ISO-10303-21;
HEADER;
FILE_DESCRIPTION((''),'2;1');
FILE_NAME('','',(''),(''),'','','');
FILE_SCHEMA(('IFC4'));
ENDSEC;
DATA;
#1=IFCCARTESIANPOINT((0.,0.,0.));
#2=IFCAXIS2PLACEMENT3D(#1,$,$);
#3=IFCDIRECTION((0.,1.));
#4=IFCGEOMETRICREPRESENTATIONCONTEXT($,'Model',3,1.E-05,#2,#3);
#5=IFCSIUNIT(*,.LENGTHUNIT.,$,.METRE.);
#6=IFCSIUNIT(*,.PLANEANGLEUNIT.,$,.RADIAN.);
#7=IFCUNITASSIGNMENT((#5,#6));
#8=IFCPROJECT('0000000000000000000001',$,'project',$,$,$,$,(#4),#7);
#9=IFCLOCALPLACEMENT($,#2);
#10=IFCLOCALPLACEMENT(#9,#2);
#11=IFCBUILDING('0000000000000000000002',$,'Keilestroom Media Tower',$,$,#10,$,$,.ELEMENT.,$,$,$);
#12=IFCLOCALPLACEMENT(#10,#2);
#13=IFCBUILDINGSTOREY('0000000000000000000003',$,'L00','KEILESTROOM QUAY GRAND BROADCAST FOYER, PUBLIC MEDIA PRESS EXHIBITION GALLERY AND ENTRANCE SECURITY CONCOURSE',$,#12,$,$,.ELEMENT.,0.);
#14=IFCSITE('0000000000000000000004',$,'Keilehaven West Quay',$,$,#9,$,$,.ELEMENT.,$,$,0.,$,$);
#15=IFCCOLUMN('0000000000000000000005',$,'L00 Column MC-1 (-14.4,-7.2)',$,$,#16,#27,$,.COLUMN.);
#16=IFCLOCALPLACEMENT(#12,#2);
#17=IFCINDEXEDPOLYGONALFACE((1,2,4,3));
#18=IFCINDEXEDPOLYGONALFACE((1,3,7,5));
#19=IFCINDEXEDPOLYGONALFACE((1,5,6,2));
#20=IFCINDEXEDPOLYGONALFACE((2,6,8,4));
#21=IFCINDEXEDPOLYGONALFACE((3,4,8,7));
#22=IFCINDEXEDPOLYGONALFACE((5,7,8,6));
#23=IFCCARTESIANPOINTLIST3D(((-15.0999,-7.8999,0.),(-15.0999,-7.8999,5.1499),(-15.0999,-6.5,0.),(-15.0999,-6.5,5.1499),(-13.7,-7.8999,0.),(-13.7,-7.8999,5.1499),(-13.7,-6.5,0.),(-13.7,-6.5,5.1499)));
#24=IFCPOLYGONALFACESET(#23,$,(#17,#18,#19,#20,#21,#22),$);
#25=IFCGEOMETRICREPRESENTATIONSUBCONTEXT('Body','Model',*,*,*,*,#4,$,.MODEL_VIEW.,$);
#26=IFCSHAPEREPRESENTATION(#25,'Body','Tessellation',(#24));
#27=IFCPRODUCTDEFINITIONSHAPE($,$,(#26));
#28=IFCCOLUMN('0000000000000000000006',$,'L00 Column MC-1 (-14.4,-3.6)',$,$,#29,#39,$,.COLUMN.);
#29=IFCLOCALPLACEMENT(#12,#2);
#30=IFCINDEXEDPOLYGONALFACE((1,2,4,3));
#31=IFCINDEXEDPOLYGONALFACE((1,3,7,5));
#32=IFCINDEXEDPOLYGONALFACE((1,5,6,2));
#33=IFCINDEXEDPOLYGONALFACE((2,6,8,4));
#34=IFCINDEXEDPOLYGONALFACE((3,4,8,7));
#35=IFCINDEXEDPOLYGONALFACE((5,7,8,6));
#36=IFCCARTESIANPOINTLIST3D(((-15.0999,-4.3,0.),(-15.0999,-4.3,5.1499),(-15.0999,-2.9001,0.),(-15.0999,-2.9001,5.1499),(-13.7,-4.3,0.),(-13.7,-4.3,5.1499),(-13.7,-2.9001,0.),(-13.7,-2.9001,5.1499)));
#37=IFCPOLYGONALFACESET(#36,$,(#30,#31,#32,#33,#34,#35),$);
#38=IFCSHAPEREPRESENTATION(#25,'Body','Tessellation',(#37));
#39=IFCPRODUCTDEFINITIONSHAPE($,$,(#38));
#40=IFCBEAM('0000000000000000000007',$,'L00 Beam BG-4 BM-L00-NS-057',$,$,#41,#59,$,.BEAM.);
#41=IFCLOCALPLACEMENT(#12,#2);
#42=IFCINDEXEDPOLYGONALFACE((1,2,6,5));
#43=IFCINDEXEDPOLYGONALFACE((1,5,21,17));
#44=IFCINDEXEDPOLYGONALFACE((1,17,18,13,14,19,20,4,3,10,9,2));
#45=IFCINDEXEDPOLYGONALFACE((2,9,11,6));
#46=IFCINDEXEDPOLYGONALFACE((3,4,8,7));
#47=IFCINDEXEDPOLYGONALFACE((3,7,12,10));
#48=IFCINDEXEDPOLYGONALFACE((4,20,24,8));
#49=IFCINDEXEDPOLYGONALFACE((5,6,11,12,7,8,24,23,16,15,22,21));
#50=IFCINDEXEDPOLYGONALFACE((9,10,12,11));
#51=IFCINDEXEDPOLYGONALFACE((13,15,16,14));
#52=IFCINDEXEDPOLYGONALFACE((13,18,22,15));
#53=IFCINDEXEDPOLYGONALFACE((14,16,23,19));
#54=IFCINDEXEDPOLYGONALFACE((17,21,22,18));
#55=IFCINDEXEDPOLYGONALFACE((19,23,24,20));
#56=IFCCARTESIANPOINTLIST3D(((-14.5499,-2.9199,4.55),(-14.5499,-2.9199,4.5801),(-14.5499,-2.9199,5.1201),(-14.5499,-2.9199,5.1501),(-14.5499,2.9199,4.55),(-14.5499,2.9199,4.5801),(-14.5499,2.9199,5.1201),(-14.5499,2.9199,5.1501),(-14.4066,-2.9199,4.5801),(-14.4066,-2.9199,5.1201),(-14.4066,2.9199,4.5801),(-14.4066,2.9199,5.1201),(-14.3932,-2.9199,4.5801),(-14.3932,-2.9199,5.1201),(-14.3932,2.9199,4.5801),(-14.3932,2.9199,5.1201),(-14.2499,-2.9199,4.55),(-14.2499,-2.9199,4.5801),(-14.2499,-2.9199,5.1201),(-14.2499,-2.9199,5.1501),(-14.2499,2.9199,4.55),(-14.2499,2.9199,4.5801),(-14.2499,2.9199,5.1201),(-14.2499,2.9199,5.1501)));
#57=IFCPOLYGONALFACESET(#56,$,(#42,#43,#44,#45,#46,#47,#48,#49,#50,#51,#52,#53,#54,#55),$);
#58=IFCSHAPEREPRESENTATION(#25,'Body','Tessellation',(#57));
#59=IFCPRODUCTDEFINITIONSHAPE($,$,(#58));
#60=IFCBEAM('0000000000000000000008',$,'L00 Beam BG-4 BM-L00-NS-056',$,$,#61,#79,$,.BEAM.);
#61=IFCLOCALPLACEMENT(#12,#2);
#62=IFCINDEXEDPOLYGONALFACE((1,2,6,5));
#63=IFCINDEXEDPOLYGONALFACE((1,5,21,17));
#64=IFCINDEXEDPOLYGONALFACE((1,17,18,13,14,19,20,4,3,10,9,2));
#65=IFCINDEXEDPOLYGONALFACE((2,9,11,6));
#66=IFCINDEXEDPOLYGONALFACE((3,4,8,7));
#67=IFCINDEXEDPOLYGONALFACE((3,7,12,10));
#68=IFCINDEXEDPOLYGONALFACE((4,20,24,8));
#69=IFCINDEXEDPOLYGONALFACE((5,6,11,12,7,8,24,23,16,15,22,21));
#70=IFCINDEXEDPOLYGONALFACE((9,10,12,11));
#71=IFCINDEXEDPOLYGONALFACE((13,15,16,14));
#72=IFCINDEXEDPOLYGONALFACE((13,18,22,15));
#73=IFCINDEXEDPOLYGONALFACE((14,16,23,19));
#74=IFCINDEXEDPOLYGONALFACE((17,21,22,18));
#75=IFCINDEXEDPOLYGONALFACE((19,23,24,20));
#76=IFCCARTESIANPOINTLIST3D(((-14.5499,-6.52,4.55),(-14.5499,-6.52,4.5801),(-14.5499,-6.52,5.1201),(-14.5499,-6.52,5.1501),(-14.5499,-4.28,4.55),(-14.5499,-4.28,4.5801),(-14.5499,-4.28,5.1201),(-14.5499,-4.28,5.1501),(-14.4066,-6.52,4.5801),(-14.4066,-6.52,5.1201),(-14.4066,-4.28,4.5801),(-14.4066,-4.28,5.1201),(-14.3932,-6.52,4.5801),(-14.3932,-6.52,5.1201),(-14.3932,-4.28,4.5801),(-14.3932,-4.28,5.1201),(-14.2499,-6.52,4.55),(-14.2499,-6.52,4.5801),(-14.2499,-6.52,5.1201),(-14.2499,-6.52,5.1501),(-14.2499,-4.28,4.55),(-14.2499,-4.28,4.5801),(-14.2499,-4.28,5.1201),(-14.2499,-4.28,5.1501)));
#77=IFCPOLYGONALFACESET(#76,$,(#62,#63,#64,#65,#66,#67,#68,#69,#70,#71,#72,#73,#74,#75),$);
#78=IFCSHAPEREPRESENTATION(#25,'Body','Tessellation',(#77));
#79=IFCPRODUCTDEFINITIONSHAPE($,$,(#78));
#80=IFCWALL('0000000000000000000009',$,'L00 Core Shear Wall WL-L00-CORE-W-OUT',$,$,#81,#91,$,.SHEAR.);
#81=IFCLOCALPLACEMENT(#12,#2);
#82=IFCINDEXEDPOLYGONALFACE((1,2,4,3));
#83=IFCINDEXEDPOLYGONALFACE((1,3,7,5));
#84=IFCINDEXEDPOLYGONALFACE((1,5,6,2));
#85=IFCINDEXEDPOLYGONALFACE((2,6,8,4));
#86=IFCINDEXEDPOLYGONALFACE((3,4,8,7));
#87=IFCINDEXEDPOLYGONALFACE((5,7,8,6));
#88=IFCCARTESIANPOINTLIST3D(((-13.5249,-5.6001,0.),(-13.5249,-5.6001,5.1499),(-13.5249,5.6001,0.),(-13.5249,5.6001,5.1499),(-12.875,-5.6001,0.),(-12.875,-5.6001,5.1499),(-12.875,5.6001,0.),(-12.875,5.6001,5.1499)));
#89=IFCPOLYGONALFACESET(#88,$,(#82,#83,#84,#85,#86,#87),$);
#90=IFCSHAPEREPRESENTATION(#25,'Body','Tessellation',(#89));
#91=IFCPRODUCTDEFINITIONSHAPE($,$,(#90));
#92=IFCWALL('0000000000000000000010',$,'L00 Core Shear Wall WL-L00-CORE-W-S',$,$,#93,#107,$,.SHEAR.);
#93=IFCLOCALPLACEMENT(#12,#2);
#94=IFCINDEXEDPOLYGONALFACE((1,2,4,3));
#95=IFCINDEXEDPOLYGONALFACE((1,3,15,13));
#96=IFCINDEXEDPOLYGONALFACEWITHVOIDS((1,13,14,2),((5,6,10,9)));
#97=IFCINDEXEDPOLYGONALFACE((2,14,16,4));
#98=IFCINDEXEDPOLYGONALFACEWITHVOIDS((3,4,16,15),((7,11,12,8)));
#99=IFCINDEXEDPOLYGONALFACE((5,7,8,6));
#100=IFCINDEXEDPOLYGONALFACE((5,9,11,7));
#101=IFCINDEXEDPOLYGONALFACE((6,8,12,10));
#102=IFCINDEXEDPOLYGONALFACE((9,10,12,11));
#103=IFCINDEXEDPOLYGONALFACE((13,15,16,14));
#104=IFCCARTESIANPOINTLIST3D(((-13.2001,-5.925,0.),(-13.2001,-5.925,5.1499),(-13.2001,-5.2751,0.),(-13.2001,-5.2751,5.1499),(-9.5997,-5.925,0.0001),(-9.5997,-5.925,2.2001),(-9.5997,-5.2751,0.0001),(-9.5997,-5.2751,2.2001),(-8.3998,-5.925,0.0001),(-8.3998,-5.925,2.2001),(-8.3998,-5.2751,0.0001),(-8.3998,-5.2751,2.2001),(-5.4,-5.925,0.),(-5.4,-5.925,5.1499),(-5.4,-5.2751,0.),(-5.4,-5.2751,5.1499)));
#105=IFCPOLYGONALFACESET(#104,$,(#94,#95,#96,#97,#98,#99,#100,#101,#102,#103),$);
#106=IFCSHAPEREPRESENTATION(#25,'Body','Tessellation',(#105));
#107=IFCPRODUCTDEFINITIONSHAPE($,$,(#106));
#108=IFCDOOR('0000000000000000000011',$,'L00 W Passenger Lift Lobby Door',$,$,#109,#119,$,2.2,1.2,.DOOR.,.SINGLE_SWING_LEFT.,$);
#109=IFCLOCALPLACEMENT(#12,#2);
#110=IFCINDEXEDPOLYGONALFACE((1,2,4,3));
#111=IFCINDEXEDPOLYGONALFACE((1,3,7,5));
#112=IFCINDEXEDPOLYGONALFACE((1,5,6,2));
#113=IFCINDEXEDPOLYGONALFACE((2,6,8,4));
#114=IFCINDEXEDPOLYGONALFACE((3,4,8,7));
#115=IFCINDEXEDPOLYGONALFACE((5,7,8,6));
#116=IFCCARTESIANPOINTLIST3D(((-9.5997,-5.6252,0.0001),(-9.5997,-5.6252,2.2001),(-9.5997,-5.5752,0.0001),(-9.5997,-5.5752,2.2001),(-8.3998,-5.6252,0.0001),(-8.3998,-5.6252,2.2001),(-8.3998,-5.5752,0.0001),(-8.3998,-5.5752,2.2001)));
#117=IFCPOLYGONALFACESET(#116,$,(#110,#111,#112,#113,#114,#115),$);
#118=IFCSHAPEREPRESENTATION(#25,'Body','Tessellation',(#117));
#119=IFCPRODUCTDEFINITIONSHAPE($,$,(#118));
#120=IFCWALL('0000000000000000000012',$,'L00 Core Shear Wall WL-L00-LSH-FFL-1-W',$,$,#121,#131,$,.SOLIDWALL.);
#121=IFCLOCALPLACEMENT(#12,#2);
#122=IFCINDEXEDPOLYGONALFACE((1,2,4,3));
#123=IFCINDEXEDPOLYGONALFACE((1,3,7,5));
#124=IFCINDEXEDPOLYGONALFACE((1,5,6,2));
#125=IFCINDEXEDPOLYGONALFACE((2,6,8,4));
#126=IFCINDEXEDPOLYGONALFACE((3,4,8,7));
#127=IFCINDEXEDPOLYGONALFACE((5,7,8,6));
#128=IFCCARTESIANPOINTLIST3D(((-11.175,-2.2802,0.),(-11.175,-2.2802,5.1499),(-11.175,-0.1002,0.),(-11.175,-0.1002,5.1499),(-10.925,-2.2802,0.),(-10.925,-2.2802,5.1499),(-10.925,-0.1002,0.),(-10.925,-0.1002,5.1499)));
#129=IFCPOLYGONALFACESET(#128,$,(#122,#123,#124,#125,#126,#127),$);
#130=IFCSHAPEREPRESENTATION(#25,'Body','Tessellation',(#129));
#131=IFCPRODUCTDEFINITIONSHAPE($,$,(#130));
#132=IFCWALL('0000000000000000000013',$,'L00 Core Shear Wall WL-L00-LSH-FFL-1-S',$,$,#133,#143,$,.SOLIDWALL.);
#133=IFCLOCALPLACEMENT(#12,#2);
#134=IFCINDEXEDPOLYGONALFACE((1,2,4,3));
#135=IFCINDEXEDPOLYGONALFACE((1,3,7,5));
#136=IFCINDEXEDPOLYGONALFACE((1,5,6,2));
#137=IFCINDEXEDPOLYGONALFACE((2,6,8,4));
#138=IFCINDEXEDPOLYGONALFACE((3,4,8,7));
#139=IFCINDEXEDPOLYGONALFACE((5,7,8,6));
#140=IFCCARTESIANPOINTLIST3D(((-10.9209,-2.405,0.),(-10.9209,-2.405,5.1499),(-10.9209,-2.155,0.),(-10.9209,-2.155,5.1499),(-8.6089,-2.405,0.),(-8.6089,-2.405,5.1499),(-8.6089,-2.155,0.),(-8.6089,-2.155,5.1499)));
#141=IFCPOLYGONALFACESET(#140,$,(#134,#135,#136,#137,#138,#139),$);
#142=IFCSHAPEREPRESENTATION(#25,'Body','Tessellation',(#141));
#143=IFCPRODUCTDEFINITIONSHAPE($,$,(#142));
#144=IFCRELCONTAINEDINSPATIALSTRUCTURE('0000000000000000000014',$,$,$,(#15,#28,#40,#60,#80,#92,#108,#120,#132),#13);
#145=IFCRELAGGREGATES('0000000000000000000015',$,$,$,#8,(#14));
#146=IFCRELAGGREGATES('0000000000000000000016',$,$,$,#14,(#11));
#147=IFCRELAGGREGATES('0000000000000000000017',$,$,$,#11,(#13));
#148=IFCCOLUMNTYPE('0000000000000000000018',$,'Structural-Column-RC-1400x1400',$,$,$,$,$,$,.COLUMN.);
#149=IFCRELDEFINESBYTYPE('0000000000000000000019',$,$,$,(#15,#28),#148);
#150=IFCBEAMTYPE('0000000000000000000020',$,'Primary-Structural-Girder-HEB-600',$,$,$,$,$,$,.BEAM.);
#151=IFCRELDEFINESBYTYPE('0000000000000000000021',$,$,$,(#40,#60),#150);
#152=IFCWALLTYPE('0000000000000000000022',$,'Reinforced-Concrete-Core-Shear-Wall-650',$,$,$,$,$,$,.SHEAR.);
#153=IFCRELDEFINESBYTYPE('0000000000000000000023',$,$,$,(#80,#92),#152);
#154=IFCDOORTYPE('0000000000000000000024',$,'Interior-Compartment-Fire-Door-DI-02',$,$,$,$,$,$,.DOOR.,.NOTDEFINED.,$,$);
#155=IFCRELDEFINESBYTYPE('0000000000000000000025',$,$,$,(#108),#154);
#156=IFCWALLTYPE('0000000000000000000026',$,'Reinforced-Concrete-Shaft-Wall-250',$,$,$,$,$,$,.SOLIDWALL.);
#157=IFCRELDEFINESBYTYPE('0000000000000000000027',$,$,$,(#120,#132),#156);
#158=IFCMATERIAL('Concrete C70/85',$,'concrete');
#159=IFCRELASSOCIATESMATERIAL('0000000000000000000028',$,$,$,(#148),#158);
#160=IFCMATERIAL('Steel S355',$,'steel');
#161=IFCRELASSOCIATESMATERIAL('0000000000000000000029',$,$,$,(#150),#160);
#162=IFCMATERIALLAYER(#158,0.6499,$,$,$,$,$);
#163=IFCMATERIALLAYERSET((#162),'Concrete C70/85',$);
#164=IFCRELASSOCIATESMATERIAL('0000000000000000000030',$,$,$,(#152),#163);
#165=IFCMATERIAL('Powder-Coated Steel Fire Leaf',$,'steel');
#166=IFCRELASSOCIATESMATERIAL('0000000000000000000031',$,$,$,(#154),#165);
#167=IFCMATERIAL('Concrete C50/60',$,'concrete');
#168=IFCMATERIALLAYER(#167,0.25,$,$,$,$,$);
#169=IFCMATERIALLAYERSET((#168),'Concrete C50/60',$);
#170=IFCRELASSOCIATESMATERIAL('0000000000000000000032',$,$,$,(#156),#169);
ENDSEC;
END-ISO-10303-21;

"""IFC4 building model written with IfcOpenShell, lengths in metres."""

from ifc_helpers import new_model, si_unit, direction, frame, frame_2d, origin, origin_2d, place, context, subcontext, project, spatial, rectangle, i_section, extrude, source, transform, mapped, material, layer, layer_set, material_profile, profile_set, type_object, element, fill, save


model = new_model("IFC4")

# Units and contexts
model_context = context("Model", 3, precision=1e-05, world=origin(), true_north=direction((0.0, 1.0)))
body_context = subcontext(model_context, "Body", "Model", "MODEL_VIEW")
ifc_project = project(units=[si_unit("LENGTHUNIT", "METRE"), si_unit("PLANEANGLEUNIT", "RADIAN")], contexts=[model_context])

# Site, building, storey
site_placement = place(None, origin())
site = spatial("IfcSite", under=ifc_project, at=site_placement, Name="Keilehaven West Quay", CompositionType="ELEMENT", RefElevation=0.0)
building_placement = place(site_placement, origin())
building = spatial("IfcBuilding", under=site, at=building_placement, Name="Keilestroom Media Tower", CompositionType="ELEMENT")
storey_placement = place(building_placement, origin())
storey = spatial("IfcBuildingStorey", under=building, at=storey_placement, Name="L00", Description="KEILESTROOM QUAY GRAND BROADCAST FOYER, PUBLIC MEDIA PRESS EXHIBITION GALLERY AND ENTRANCE SECURITY CONCOURSE", CompositionType="ELEMENT", Elevation=0.0)

# Columns
ifc_material_1 = material(Name="Concrete C70/85", Category="concrete")
ifc_material_profile_1 = material_profile(ifc_material_1, rectangle(XDim=1.3999, YDim=1.3999, at=origin_2d()), Name="RC 1400x1400")
ifc_profile_set_1 = profile_set([ifc_material_profile_1], Name="Concrete C70/85")
column_type = type_object("IfcColumnType", Name="Structural-Column-RC-1400x1400", PredefinedType="COLUMN", material=ifc_profile_set_1)
shared_shape_1 = source(origin(), body_context, "Body", "SweptSolid", [
    extrude(rectangle(XDim=1.3999, YDim=1.3999, at=origin_2d()), origin(), (0.0, 0.0, 1.0), 5.1499),
])
for number, where, z_axis, x_axis, name in (
    (1, (-14.3999, -7.2, 0.0), (0.0, 0.0, 1.0), (1.0, 0.0, 0.0), "L00 Column MC-1 (-14.4,-7.2)"),
    (2, (-14.3999, -3.6001, 0.0), (0.0, 0.0, 1.0), (1.0, 0.0, 0.0), "L00 Column MC-1 (-14.4,-3.6)"),
):
    element("IfcColumn", number, at=place(storey_placement, frame(where, z_axis=z_axis, x_axis=x_axis)), inside=storey, type_object=column_type, Name=name, PredefinedType="COLUMN", context=body_context, shape_type="MappedRepresentation", body=[
        mapped(shared_shape_1, transform((0.0, 0.0, 0.0), x_axis=(1.0, 0.0, 0.0), y_axis=(0.0, 1.0, 0.0), z_axis=(0.0, 0.0, 1.0), scale=1.0)),
    ])

# Beams
ifc_material_2 = material(Name="Steel S355", Category="steel")
ifc_material_profile_2 = material_profile(ifc_material_2, i_section(OverallWidth=0.3, OverallDepth=0.6001, WebThickness=0.0134, FlangeThickness=0.03, at=origin_2d()), Name="HEB 600")
ifc_profile_set_2 = profile_set([ifc_material_profile_2], Name="Steel S355")
beam_type = type_object("IfcBeamType", Name="Primary-Structural-Girder-HEB-600", PredefinedType="BEAM", material=ifc_profile_set_2)
shared_shape_2 = source(origin(), body_context, "Body", "SweptSolid", [
    extrude(i_section(OverallWidth=0.3, OverallDepth=0.6001, WebThickness=0.0134, FlangeThickness=0.03, at=origin_2d()), origin(), (0.0, 0.0, 1.0), 5.8398),
])
beam_1_placement = place(storey_placement, frame((-14.3999, -2.9199, 4.8501), z_axis=(0.0, 1.0, 0.0), x_axis=(-1.0, 0.0, 0.0)))
element("IfcBeam", 3, at=beam_1_placement, inside=storey, type_object=beam_type, Name="L00 Beam BG-4 BM-L00-NS-057", PredefinedType="BEAM", context=body_context, shape_type="MappedRepresentation", body=[
    mapped(shared_shape_2, transform((0.0, 0.0, 0.0), x_axis=(1.0, 0.0, 0.0), y_axis=(0.0, 1.0, 0.0), z_axis=(0.0, 0.0, 1.0), scale=1.0)),
])
shared_shape_3 = source(origin(), body_context, "Body", "SweptSolid", [
    extrude(i_section(OverallWidth=0.3, OverallDepth=0.6001, WebThickness=0.0134, FlangeThickness=0.03, at=origin_2d()), origin(), (0.0, 0.0, 1.0), 2.24),
])
beam_2_placement = place(storey_placement, frame((-14.3999, -6.52, 4.8501), z_axis=(0.0, 1.0, 0.0), x_axis=(-1.0, 0.0, 0.0)))
element("IfcBeam", 4, at=beam_2_placement, inside=storey, type_object=beam_type, Name="L00 Beam BG-4 BM-L00-NS-056", PredefinedType="BEAM", context=body_context, shape_type="MappedRepresentation", body=[
    mapped(shared_shape_3, transform((0.0, 0.0, 0.0), x_axis=(1.0, 0.0, 0.0), y_axis=(0.0, 1.0, 0.0), z_axis=(0.0, 0.0, 1.0), scale=1.0)),
])

# Wall
ifc_layer_1 = layer(ifc_material_1, 0.6499)
ifc_layer_set_1 = layer_set([ifc_layer_1], Name="Concrete C70/85")
wall_type_1 = type_object("IfcWallType", Name="Reinforced-Concrete-Core-Shear-Wall-650", PredefinedType="SHEAR", material=ifc_layer_set_1)
wall_1_placement = place(storey_placement, frame((-13.2, -5.6001, 0.0), z_axis=(0.0, 0.0, 1.0), x_axis=(0.0, 1.0, 0.0)))
element("IfcWall", 5, at=wall_1_placement, inside=storey, type_object=wall_type_1, Name="L00 Core Shear Wall WL-L00-CORE-W-OUT", PredefinedType="SHEAR", context=body_context, shape_type="SweptSolid", body=[
    extrude(rectangle(XDim=11.2002, YDim=0.6499, at=frame_2d((5.6001, 0.0))), origin(), (0.0, 0.0, 1.0), 5.1499),
])

# Wall, opening, door
wall_2_placement = place(storey_placement, frame((-13.2, -5.6001, 0.0), z_axis=(0.0, 0.0, 1.0), x_axis=(1.0, 0.0, 0.0)))
wall_2 = element("IfcWall", 6, at=wall_2_placement, inside=storey, type_object=wall_type_1, Name="L00 Core Shear Wall WL-L00-CORE-W-S", PredefinedType="SHEAR", context=body_context, shape_type="SweptSolid", body=[
    extrude(rectangle(XDim=7.8, YDim=0.6499, at=frame_2d((3.8999, 0.0))), origin(), (0.0, 0.0, 1.0), 5.1499),
])
opening_1_placement = place(wall_2_placement, frame((3.6001, 0.0, 0.0)))
opening_1 = element("IfcOpeningElement", 7, at=opening_1_placement, cuts=wall_2, PredefinedType="OPENING", context=body_context, shape_type="SweptSolid", body=[
    extrude(rectangle(XDim=1.2, YDim=2.2, at=frame_2d((0.6001, 1.1001))), frame((0.0, 0.335, 0.0), z_axis=(0.0, -1.0, 0.0), x_axis=(1.0, 0.0, 0.0)), (0.0, 0.0, 1.0), 0.6699),
])
ifc_material_3 = material(Name="Powder-Coated Steel Fire Leaf", Category="steel")
door_type_1 = type_object("IfcDoorType", Name="Interior-Compartment-Fire-Door-DI-02", OperationType="NOTDEFINED", PredefinedType="DOOR", material=ifc_material_3)
shared_shape_4 = source(origin(), body_context, "Body", "SweptSolid", [
    extrude(rectangle(XDim=1.2, YDim=2.2, at=frame_2d((0.6001, 1.1001))), frame((0.0, 0.0249, 0.0), z_axis=(0.0, -1.0, 0.0), x_axis=(1.0, 0.0, 0.0)), (0.0, 0.0, 1.0), 0.05),
])
door_1_placement = place(opening_1_placement, origin())
door_1 = element("IfcDoor", 8, at=door_1_placement, inside=storey, type_object=door_type_1, Name="L00 W Passenger Lift Lobby Door", OperationType="SINGLE_SWING_LEFT", OverallHeight=2.2, OverallWidth=1.2, PredefinedType="DOOR", context=body_context, shape_type="MappedRepresentation", body=[
    mapped(shared_shape_4, transform((0.0, 0.0, 0.0), x_axis=(1.0, 0.0, 0.0), y_axis=(0.0, 1.0, 0.0), z_axis=(0.0, 0.0, 1.0), scale=1.0)),
])
fill(opening_1, door_1)

# Walls
ifc_material_4 = material(Name="Concrete C50/60", Category="concrete")
ifc_layer_2 = layer(ifc_material_4, 0.25)
ifc_layer_set_2 = layer_set([ifc_layer_2], Name="Concrete C50/60")
wall_type_2 = type_object("IfcWallType", Name="Reinforced-Concrete-Shaft-Wall-250", PredefinedType="SOLIDWALL", material=ifc_layer_set_2)
wall_3_placement = place(storey_placement, frame((-11.05, -2.28, 0.0), z_axis=(0.0, 0.0, 1.0), x_axis=(0.0, 1.0, 0.0)))
element("IfcWall", 9, at=wall_3_placement, inside=storey, type_object=wall_type_2, Name="L00 Core Shear Wall WL-L00-LSH-FFL-1-W", PredefinedType="SOLIDWALL", context=body_context, shape_type="SweptSolid", body=[
    extrude(rectangle(XDim=2.1799, YDim=0.25, at=frame_2d((1.0898, 0.0))), origin(), (0.0, 0.0, 1.0), 5.1499),
])
wall_4_placement = place(storey_placement, frame((-10.9209, -2.28, 0.0), z_axis=(0.0, 0.0, 1.0), x_axis=(1.0, 0.0, 0.0)))
element("IfcWall", 10, at=wall_4_placement, inside=storey, type_object=wall_type_2, Name="L00 Core Shear Wall WL-L00-LSH-FFL-1-S", PredefinedType="SOLIDWALL", context=body_context, shape_type="SweptSolid", body=[
    extrude(rectangle(XDim=2.312, YDim=0.25, at=frame_2d((1.156, 0.0))), origin(), (0.0, 0.0, 1.0), 5.1499),
])

save(model, "model.ifc")
